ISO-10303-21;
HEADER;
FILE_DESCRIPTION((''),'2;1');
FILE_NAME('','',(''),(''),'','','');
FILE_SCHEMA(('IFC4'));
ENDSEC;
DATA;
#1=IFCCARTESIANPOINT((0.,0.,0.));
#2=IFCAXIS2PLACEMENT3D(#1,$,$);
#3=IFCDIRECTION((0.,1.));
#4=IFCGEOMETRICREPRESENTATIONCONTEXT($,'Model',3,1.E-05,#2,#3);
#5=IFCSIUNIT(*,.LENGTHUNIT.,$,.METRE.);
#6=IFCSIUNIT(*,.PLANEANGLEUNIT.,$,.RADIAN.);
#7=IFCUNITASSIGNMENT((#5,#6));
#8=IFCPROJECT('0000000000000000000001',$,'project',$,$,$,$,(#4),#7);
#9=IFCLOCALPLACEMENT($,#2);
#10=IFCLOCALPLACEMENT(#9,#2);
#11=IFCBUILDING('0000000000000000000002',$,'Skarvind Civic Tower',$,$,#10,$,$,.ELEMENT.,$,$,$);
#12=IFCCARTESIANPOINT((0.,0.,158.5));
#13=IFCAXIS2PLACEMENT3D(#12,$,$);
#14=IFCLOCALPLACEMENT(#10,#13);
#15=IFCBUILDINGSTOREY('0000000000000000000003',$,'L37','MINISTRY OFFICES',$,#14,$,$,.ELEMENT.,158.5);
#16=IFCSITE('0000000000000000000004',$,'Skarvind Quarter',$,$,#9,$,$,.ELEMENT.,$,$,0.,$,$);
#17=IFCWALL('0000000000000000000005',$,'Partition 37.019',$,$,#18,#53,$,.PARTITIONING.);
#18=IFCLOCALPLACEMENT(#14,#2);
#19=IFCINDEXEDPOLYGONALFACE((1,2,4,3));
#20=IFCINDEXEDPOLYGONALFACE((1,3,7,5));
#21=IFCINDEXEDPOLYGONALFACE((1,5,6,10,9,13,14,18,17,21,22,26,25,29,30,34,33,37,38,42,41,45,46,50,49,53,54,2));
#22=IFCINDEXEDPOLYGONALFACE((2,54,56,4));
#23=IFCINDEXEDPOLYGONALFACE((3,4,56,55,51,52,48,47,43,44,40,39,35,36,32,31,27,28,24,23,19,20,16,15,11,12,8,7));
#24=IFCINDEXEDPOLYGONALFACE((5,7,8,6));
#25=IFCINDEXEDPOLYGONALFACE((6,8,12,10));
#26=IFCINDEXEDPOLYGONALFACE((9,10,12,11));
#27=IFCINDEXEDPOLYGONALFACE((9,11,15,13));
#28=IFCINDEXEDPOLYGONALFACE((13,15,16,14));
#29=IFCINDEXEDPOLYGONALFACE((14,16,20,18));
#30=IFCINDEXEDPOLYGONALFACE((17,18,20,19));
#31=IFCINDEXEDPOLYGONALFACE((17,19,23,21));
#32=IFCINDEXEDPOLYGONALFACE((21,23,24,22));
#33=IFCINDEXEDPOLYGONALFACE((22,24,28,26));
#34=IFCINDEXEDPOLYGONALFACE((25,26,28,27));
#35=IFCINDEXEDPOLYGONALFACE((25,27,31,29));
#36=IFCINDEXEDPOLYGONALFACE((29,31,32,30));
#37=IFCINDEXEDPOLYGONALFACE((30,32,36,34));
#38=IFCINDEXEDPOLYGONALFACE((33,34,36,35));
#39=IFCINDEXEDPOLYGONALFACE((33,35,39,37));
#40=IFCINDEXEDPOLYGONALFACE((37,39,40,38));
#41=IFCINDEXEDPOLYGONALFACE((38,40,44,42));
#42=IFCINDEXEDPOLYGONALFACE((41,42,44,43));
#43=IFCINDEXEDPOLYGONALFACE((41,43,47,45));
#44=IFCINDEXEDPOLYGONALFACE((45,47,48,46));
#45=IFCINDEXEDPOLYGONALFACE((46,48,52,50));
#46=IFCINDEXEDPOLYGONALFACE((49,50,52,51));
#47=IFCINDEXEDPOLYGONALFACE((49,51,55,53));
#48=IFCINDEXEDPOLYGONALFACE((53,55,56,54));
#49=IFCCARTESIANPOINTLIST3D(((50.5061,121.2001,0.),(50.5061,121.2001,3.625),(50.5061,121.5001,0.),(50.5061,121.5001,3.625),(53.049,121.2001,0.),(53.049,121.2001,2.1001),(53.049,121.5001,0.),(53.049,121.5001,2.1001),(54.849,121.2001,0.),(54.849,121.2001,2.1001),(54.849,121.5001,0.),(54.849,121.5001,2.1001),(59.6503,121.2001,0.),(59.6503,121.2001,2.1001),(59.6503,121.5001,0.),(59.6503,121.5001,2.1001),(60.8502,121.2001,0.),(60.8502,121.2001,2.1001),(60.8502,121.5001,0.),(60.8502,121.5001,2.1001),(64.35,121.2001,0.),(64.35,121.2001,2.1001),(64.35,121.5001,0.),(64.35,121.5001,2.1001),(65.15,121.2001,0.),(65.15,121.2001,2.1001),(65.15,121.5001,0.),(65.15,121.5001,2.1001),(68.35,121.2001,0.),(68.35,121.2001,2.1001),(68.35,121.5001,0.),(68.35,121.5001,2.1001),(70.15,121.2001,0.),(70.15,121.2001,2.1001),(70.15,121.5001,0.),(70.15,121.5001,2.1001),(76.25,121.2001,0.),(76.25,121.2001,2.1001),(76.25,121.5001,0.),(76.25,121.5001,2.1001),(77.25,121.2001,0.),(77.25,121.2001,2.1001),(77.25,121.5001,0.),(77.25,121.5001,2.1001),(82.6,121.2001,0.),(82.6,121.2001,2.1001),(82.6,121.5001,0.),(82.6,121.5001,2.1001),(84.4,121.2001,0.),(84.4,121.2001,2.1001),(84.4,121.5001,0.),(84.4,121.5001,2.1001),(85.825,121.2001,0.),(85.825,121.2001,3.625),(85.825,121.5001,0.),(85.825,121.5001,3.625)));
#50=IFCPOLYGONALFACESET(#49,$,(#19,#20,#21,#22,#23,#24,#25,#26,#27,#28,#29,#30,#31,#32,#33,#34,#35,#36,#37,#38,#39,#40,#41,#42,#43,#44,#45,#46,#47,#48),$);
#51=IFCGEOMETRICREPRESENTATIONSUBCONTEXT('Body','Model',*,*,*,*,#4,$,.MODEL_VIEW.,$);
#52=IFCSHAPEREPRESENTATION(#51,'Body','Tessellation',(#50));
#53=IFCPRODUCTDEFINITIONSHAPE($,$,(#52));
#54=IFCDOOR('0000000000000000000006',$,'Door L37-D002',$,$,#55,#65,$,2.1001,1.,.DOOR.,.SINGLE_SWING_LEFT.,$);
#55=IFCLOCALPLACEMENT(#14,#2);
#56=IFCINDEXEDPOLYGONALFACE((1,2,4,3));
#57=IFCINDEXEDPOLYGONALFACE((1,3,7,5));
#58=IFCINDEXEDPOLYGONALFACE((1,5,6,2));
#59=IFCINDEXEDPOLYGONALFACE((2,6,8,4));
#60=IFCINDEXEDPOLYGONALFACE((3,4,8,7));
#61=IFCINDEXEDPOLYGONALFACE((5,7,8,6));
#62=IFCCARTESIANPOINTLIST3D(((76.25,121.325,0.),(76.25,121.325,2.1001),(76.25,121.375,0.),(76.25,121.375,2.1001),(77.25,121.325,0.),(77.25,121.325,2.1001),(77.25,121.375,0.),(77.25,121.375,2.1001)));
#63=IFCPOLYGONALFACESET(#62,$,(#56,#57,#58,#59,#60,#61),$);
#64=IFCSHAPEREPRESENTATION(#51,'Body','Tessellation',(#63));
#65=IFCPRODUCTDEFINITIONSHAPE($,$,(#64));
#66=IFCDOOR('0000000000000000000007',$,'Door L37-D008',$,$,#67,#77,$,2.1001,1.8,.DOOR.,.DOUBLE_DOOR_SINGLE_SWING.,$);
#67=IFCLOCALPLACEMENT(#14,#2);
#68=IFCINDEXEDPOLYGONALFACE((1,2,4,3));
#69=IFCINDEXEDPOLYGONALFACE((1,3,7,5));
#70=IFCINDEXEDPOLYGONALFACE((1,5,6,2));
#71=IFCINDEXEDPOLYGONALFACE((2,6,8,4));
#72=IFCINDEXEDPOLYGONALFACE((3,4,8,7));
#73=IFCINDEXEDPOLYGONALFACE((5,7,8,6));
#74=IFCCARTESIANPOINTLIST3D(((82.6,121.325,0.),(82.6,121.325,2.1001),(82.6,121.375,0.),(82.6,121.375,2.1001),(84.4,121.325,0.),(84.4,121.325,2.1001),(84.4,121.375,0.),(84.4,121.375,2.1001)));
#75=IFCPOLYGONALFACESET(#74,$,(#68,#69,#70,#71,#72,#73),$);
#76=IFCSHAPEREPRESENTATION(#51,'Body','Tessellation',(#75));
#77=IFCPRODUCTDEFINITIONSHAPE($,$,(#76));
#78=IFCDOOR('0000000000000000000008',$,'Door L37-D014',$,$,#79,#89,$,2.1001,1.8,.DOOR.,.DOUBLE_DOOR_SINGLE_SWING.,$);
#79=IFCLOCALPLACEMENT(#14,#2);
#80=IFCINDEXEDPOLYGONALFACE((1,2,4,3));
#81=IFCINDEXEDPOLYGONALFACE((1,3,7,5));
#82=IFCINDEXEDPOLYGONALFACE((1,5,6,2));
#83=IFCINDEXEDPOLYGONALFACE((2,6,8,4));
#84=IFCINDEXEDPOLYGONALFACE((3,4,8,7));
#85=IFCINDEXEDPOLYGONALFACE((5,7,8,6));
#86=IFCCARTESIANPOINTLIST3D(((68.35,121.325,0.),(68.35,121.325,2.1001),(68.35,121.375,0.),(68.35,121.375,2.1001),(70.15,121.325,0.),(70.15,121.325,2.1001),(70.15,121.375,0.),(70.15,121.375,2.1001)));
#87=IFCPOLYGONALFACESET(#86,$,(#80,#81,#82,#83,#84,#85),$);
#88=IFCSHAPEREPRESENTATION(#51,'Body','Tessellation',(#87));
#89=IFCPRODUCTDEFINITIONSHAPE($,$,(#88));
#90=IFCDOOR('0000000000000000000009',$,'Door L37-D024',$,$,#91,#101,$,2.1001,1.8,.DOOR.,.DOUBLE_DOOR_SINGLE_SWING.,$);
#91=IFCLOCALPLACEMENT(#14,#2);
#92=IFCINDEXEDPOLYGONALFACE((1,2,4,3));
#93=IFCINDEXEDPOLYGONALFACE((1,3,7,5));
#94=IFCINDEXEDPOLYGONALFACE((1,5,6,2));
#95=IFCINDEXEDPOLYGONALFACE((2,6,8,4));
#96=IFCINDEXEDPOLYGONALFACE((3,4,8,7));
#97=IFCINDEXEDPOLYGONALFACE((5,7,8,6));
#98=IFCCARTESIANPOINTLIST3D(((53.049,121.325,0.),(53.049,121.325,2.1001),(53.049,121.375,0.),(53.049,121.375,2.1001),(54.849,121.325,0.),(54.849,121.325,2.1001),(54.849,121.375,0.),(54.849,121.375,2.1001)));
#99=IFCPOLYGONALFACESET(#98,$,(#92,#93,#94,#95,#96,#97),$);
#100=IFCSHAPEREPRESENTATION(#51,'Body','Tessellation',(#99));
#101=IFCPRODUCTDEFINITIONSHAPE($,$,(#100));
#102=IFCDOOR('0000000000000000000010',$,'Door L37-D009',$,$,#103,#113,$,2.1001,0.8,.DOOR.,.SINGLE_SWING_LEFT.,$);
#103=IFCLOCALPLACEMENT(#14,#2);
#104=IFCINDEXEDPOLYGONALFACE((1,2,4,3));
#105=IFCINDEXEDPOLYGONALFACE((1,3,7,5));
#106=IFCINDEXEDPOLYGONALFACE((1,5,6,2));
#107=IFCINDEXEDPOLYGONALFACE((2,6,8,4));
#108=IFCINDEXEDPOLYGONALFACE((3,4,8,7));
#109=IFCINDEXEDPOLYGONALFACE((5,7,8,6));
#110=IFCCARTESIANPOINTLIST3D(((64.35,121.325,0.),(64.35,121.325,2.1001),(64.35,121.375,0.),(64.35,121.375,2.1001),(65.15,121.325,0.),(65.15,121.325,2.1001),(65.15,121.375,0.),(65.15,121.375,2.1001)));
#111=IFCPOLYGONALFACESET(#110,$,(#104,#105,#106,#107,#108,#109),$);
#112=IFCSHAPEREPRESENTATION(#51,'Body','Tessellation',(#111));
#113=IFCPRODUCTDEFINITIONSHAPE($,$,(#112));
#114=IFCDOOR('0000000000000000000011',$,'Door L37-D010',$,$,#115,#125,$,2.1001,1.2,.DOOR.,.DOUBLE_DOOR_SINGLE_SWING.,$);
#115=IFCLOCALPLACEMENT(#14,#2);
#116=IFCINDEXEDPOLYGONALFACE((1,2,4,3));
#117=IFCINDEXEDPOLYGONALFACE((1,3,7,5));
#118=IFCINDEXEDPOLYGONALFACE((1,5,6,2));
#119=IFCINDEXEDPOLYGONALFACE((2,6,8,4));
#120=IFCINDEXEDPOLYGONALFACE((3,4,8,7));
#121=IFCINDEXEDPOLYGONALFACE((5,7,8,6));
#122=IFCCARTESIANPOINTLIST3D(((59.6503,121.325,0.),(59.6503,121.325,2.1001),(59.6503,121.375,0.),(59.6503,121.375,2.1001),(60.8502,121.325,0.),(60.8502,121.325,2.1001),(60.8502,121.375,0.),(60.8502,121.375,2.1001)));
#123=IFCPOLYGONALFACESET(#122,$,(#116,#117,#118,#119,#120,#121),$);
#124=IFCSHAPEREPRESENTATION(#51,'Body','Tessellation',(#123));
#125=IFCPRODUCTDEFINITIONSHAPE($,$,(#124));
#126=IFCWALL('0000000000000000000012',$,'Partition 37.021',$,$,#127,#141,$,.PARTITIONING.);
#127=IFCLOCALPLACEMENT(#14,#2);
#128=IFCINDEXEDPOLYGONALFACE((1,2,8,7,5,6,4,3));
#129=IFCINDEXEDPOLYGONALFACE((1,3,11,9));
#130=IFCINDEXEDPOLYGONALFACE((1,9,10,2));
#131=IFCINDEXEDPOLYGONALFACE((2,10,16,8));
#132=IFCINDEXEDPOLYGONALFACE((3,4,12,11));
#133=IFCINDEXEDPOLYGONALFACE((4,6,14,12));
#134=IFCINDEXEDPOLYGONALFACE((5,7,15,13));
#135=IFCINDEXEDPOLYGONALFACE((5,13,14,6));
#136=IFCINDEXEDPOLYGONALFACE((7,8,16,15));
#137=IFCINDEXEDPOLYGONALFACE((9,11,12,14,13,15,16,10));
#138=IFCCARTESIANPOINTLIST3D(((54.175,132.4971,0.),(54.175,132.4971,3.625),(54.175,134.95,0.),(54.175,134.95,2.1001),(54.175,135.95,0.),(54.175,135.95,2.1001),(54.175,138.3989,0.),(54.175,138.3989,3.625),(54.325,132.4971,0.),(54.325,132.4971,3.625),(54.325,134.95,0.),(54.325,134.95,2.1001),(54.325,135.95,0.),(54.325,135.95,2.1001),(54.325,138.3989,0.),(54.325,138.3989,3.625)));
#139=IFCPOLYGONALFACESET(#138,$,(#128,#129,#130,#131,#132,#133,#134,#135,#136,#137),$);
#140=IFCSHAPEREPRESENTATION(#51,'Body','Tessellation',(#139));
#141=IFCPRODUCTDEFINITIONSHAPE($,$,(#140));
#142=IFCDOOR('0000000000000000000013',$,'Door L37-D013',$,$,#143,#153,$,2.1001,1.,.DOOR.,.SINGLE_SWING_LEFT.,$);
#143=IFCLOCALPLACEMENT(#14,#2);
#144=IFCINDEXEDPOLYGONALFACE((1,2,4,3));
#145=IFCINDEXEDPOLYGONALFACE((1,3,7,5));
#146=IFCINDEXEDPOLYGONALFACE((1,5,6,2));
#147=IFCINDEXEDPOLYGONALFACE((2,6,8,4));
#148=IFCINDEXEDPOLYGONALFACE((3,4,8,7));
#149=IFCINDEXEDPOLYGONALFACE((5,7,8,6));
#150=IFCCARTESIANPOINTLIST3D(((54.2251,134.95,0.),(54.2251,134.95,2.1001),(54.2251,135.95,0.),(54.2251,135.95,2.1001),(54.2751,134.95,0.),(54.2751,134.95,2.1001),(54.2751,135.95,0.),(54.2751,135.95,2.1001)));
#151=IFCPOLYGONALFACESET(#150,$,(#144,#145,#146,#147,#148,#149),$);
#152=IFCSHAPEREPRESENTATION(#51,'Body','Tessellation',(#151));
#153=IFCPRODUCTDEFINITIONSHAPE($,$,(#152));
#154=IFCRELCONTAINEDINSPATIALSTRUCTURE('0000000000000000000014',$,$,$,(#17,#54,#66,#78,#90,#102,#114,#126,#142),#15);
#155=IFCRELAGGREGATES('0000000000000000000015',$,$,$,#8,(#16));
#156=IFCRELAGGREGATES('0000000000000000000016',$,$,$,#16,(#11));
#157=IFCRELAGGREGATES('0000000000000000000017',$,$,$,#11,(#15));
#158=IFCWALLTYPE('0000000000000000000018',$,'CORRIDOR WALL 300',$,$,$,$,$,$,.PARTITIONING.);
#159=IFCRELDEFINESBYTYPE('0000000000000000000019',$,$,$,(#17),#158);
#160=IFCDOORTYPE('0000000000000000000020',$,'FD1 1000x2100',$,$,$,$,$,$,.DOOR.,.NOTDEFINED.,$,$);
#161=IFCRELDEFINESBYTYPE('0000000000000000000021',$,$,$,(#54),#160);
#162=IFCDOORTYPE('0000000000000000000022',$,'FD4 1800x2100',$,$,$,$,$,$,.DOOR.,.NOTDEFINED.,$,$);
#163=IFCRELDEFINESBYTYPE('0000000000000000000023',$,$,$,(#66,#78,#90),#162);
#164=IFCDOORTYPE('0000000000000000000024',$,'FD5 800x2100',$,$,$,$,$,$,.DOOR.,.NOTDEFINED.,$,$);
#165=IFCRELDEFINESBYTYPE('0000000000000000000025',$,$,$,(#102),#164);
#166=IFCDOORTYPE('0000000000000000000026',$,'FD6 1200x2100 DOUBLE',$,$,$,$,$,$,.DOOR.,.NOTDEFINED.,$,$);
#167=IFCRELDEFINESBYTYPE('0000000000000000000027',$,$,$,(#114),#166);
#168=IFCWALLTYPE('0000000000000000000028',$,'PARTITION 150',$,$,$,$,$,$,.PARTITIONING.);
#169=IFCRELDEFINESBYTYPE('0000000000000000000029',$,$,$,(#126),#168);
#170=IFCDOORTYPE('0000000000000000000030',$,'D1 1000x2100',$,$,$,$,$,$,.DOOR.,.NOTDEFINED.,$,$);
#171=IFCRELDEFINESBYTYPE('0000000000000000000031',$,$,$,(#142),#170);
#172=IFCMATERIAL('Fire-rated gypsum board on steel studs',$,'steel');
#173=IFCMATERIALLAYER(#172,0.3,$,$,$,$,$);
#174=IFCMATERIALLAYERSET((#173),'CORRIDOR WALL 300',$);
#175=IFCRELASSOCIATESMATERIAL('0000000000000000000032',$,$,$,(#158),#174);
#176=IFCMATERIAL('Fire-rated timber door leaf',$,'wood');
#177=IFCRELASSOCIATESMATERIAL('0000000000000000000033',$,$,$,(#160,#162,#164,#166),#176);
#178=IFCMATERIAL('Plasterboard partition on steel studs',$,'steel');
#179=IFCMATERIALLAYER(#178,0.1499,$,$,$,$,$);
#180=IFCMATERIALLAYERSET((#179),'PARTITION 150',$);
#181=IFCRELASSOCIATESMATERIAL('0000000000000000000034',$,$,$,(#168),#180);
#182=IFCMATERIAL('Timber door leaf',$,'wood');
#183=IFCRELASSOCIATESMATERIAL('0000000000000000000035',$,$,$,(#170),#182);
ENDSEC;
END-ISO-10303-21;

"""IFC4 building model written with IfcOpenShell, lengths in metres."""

from ifc_helpers import new_model, si_unit, direction, frame, frame_2d, origin, place, context, subcontext, project, spatial, rectangle, extrude, material, layer, layer_set, type_object, element, fill, save


model = new_model("IFC4")

# Units and contexts
model_context = context("Model", 3, precision=1e-05, world=origin(), true_north=direction((0.0, 1.0)))
body_context = subcontext(model_context, "Body", "Model", "MODEL_VIEW")
ifc_project = project(units=[si_unit("LENGTHUNIT", "METRE"), si_unit("PLANEANGLEUNIT", "RADIAN")], contexts=[model_context])

# Site, building, storey
site_placement = place(None, origin())
site = spatial("IfcSite", under=ifc_project, at=site_placement, Name="Skarvind Quarter", CompositionType="ELEMENT", RefElevation=0.0)
building_placement = place(site_placement, origin())
building = spatial("IfcBuilding", under=site, at=building_placement, Name="Skarvind Civic Tower", CompositionType="ELEMENT")
storey_placement = place(building_placement, frame((0.0, 0.0, 158.5)))
storey = spatial("IfcBuildingStorey", under=building, at=storey_placement, Name="L37", Description="MINISTRY OFFICES", CompositionType="ELEMENT", Elevation=158.5)

# Wall, openings, doors
ifc_material_1 = material(Name="Fire-rated gypsum board on steel studs", Category="steel")
ifc_layer_1 = layer(ifc_material_1, 0.3)
ifc_layer_set_1 = layer_set([ifc_layer_1], Name="CORRIDOR WALL 300")
wall_type_1 = type_object("IfcWallType", Name="CORRIDOR WALL 300", PredefinedType="PARTITIONING", material=ifc_layer_set_1)
wall_1_placement = place(storey_placement, frame((50.5061, 121.3501, 0.0), z_axis=(0.0, 0.0, 1.0), x_axis=(1.0, 0.0, 0.0)))
wall_1 = element("IfcWall", 1, at=wall_1_placement, inside=storey, type_object=wall_type_1, Name="Partition 37.019", PredefinedType="PARTITIONING", context=body_context, shape_type="SweptSolid", body=[
    extrude(rectangle(XDim=35.3188, YDim=0.3, at=frame_2d((17.6594, 0.0))), origin(), (0.0, 0.0, 1.0), 3.625),
])
opening_1_placement = place(wall_1_placement, frame((25.7439, 0.0, 0.0)))
opening_1 = element("IfcOpeningElement", 2, at=opening_1_placement, cuts=wall_1, PredefinedType="OPENING", context=body_context, shape_type="SweptSolid", body=[
    extrude(rectangle(XDim=1.0, YDim=2.1001, at=frame_2d((0.5, 1.05))), frame((0.0, 0.1599, 0.0), z_axis=(0.0, -1.0, 0.0), x_axis=(1.0, 0.0, 0.0)), (0.0, 0.0, 1.0), 0.3201),
])
opening_2_placement = place(wall_1_placement, frame((32.094, 0.0, 0.0)))
opening_2 = element("IfcOpeningElement", 3, at=opening_2_placement, cuts=wall_1, PredefinedType="OPENING", context=body_context, shape_type="SweptSolid", body=[
    extrude(rectangle(XDim=1.8, YDim=2.1001, at=frame_2d((0.8999, 1.05))), frame((0.0, 0.1599, 0.0), z_axis=(0.0, -1.0, 0.0), x_axis=(1.0, 0.0, 0.0)), (0.0, 0.0, 1.0), 0.3201),
])
opening_3_placement = place(wall_1_placement, frame((13.844, 0.0, 0.0)))
opening_3 = element("IfcOpeningElement", 4, at=opening_3_placement, cuts=wall_1, PredefinedType="OPENING", context=body_context, shape_type="SweptSolid", body=[
    extrude(rectangle(XDim=0.8, YDim=2.1001, at=frame_2d((0.3999, 1.05))), frame((0.0, 0.1599, 0.0), z_axis=(0.0, -1.0, 0.0), x_axis=(1.0, 0.0, 0.0)), (0.0, 0.0, 1.0), 0.3201),
])
opening_4_placement = place(wall_1_placement, frame((9.144, 0.0, 0.0)))
opening_4 = element("IfcOpeningElement", 5, at=opening_4_placement, cuts=wall_1, PredefinedType="OPENING", context=body_context, shape_type="SweptSolid", body=[
    extrude(rectangle(XDim=1.2, YDim=2.1001, at=frame_2d((0.6001, 1.05))), frame((0.0, 0.1599, 0.0), z_axis=(0.0, -1.0, 0.0), x_axis=(1.0, 0.0, 0.0)), (0.0, 0.0, 1.0), 0.3201),
])
opening_5_placement = place(wall_1_placement, frame((17.844, 0.0, 0.0)))
opening_5 = element("IfcOpeningElement", 6, at=opening_5_placement, cuts=wall_1, PredefinedType="OPENING", context=body_context, shape_type="SweptSolid", body=[
    extrude(rectangle(XDim=1.8, YDim=2.1001, at=frame_2d((0.8999, 1.05))), frame((0.0, 0.1599, 0.0), z_axis=(0.0, -1.0, 0.0), x_axis=(1.0, 0.0, 0.0)), (0.0, 0.0, 1.0), 0.3201),
])
opening_6_placement = place(wall_1_placement, frame((2.543, 0.0, 0.0)))
opening_6 = element("IfcOpeningElement", 7, at=opening_6_placement, cuts=wall_1, PredefinedType="OPENING", context=body_context, shape_type="SweptSolid", body=[
    extrude(rectangle(XDim=1.8, YDim=2.1001, at=frame_2d((0.8999, 1.05))), frame((0.0, 0.1599, 0.0), z_axis=(0.0, -1.0, 0.0), x_axis=(1.0, 0.0, 0.0)), (0.0, 0.0, 1.0), 0.3201),
])
ifc_material_2 = material(Name="Fire-rated timber door leaf", Category="wood")
door_type_1 = type_object("IfcDoorType", Name="FD1 1000x2100", OperationType="NOTDEFINED", PredefinedType="DOOR", material=ifc_material_2)
door_1_placement = place(opening_1_placement, origin())
door_1 = element("IfcDoor", 8, at=door_1_placement, inside=storey, type_object=door_type_1, Name="Door L37-D002", OperationType="SINGLE_SWING_LEFT", OverallHeight=2.1001, OverallWidth=1.0, PredefinedType="DOOR", context=body_context, shape_type="SweptSolid", body=[
    extrude(rectangle(XDim=1.0, YDim=2.1001, at=frame_2d((0.5, 1.05))), frame((0.0, 0.0249, 0.0), z_axis=(0.0, -1.0, 0.0), x_axis=(1.0, 0.0, 0.0)), (0.0, 0.0, 1.0), 0.05),
])
fill(opening_1, door_1)
door_type_2 = type_object("IfcDoorType", Name="FD4 1800x2100", OperationType="NOTDEFINED", PredefinedType="DOOR", material=ifc_material_2)
door_2_placement = place(opening_2_placement, origin())
door_2 = element("IfcDoor", 9, at=door_2_placement, inside=storey, type_object=door_type_2, Name="Door L37-D008", OperationType="DOUBLE_DOOR_SINGLE_SWING", OverallHeight=2.1001, OverallWidth=1.8, PredefinedType="DOOR", context=body_context, shape_type="SweptSolid", body=[
    extrude(rectangle(XDim=1.8, YDim=2.1001, at=frame_2d((0.8999, 1.05))), frame((0.0, 0.0249, 0.0), z_axis=(0.0, -1.0, 0.0), x_axis=(1.0, 0.0, 0.0)), (0.0, 0.0, 1.0), 0.05),
])
fill(opening_2, door_2)
door_3_placement = place(opening_5_placement, origin())
door_3 = element("IfcDoor", 10, at=door_3_placement, inside=storey, type_object=door_type_2, Name="Door L37-D014", OperationType="DOUBLE_DOOR_SINGLE_SWING", OverallHeight=2.1001, OverallWidth=1.8, PredefinedType="DOOR", context=body_context, shape_type="SweptSolid", body=[
    extrude(rectangle(XDim=1.8, YDim=2.1001, at=frame_2d((0.8999, 1.05))), frame((0.0, 0.0249, 0.0), z_axis=(0.0, -1.0, 0.0), x_axis=(1.0, 0.0, 0.0)), (0.0, 0.0, 1.0), 0.05),
])
fill(opening_5, door_3)
door_4_placement = place(opening_6_placement, origin())
door_4 = element("IfcDoor", 11, at=door_4_placement, inside=storey, type_object=door_type_2, Name="Door L37-D024", OperationType="DOUBLE_DOOR_SINGLE_SWING", OverallHeight=2.1001, OverallWidth=1.8, PredefinedType="DOOR", context=body_context, shape_type="SweptSolid", body=[
    extrude(rectangle(XDim=1.8, YDim=2.1001, at=frame_2d((0.8999, 1.05))), frame((0.0, 0.0249, 0.0), z_axis=(0.0, -1.0, 0.0), x_axis=(1.0, 0.0, 0.0)), (0.0, 0.0, 1.0), 0.05),
])
fill(opening_6, door_4)
door_type_3 = type_object("IfcDoorType", Name="FD5 800x2100", OperationType="NOTDEFINED", PredefinedType="DOOR", material=ifc_material_2)
door_5_placement = place(opening_3_placement, origin())
door_5 = element("IfcDoor", 12, at=door_5_placement, inside=storey, type_object=door_type_3, Name="Door L37-D009", OperationType="SINGLE_SWING_LEFT", OverallHeight=2.1001, OverallWidth=0.8, PredefinedType="DOOR", context=body_context, shape_type="SweptSolid", body=[
    extrude(rectangle(XDim=0.8, YDim=2.1001, at=frame_2d((0.3999, 1.05))), frame((0.0, 0.0249, 0.0), z_axis=(0.0, -1.0, 0.0), x_axis=(1.0, 0.0, 0.0)), (0.0, 0.0, 1.0), 0.05),
])
fill(opening_3, door_5)
door_type_4 = type_object("IfcDoorType", Name="FD6 1200x2100 DOUBLE", OperationType="NOTDEFINED", PredefinedType="DOOR", material=ifc_material_2)
door_6_placement = place(opening_4_placement, origin())
door_6 = element("IfcDoor", 13, at=door_6_placement, inside=storey, type_object=door_type_4, Name="Door L37-D010", OperationType="DOUBLE_DOOR_SINGLE_SWING", OverallHeight=2.1001, OverallWidth=1.2, PredefinedType="DOOR", context=body_context, shape_type="SweptSolid", body=[
    extrude(rectangle(XDim=1.2, YDim=2.1001, at=frame_2d((0.6001, 1.05))), frame((0.0, 0.0249, 0.0), z_axis=(0.0, -1.0, 0.0), x_axis=(1.0, 0.0, 0.0)), (0.0, 0.0, 1.0), 0.05),
])
fill(opening_4, door_6)

# Wall, opening, door
ifc_material_3 = material(Name="Plasterboard partition on steel studs", Category="steel")
ifc_layer_2 = layer(ifc_material_3, 0.1499)
ifc_layer_set_2 = layer_set([ifc_layer_2], Name="PARTITION 150")
wall_type_2 = type_object("IfcWallType", Name="PARTITION 150", PredefinedType="PARTITIONING", material=ifc_layer_set_2)
wall_2_placement = place(storey_placement, frame((54.25, 132.4971, 0.0), z_axis=(0.0, 0.0, 1.0), x_axis=(0.0, 1.0, 0.0)))
wall_2 = element("IfcWall", 14, at=wall_2_placement, inside=storey, type_object=wall_type_2, Name="Partition 37.021", PredefinedType="PARTITIONING", context=body_context, shape_type="SweptSolid", body=[
    extrude(rectangle(XDim=5.9019, YDim=0.1499, at=frame_2d((2.9509, 0.0))), origin(), (0.0, 0.0, 1.0), 3.625),
])
opening_7_placement = place(wall_2_placement, frame((2.4529, 0.0, 0.0)))
opening_7 = element("IfcOpeningElement", 15, at=opening_7_placement, cuts=wall_2, PredefinedType="OPENING", context=body_context, shape_type="SweptSolid", body=[
    extrude(rectangle(XDim=1.0, YDim=2.1001, at=frame_2d((0.5, 1.05))), frame((0.0, 0.085, 0.0), z_axis=(0.0, -1.0, 0.0), x_axis=(1.0, 0.0, 0.0)), (0.0, 0.0, 1.0), 0.1699),
])
ifc_material_4 = material(Name="Timber door leaf", Category="wood")
door_type_5 = type_object("IfcDoorType", Name="D1 1000x2100", OperationType="NOTDEFINED", PredefinedType="DOOR", material=ifc_material_4)
door_7_placement = place(opening_7_placement, origin())
door_7 = element("IfcDoor", 16, at=door_7_placement, inside=storey, type_object=door_type_5, Name="Door L37-D013", OperationType="SINGLE_SWING_LEFT", OverallHeight=2.1001, OverallWidth=1.0, PredefinedType="DOOR", context=body_context, shape_type="SweptSolid", body=[
    extrude(rectangle(XDim=1.0, YDim=2.1001, at=frame_2d((0.5, 1.05))), frame((0.0, 0.0249, 0.0), z_axis=(0.0, -1.0, 0.0), x_axis=(1.0, 0.0, 0.0)), (0.0, 0.0, 1.0), 0.05),
])
fill(opening_7, door_7)

save(model, "model.ifc")
